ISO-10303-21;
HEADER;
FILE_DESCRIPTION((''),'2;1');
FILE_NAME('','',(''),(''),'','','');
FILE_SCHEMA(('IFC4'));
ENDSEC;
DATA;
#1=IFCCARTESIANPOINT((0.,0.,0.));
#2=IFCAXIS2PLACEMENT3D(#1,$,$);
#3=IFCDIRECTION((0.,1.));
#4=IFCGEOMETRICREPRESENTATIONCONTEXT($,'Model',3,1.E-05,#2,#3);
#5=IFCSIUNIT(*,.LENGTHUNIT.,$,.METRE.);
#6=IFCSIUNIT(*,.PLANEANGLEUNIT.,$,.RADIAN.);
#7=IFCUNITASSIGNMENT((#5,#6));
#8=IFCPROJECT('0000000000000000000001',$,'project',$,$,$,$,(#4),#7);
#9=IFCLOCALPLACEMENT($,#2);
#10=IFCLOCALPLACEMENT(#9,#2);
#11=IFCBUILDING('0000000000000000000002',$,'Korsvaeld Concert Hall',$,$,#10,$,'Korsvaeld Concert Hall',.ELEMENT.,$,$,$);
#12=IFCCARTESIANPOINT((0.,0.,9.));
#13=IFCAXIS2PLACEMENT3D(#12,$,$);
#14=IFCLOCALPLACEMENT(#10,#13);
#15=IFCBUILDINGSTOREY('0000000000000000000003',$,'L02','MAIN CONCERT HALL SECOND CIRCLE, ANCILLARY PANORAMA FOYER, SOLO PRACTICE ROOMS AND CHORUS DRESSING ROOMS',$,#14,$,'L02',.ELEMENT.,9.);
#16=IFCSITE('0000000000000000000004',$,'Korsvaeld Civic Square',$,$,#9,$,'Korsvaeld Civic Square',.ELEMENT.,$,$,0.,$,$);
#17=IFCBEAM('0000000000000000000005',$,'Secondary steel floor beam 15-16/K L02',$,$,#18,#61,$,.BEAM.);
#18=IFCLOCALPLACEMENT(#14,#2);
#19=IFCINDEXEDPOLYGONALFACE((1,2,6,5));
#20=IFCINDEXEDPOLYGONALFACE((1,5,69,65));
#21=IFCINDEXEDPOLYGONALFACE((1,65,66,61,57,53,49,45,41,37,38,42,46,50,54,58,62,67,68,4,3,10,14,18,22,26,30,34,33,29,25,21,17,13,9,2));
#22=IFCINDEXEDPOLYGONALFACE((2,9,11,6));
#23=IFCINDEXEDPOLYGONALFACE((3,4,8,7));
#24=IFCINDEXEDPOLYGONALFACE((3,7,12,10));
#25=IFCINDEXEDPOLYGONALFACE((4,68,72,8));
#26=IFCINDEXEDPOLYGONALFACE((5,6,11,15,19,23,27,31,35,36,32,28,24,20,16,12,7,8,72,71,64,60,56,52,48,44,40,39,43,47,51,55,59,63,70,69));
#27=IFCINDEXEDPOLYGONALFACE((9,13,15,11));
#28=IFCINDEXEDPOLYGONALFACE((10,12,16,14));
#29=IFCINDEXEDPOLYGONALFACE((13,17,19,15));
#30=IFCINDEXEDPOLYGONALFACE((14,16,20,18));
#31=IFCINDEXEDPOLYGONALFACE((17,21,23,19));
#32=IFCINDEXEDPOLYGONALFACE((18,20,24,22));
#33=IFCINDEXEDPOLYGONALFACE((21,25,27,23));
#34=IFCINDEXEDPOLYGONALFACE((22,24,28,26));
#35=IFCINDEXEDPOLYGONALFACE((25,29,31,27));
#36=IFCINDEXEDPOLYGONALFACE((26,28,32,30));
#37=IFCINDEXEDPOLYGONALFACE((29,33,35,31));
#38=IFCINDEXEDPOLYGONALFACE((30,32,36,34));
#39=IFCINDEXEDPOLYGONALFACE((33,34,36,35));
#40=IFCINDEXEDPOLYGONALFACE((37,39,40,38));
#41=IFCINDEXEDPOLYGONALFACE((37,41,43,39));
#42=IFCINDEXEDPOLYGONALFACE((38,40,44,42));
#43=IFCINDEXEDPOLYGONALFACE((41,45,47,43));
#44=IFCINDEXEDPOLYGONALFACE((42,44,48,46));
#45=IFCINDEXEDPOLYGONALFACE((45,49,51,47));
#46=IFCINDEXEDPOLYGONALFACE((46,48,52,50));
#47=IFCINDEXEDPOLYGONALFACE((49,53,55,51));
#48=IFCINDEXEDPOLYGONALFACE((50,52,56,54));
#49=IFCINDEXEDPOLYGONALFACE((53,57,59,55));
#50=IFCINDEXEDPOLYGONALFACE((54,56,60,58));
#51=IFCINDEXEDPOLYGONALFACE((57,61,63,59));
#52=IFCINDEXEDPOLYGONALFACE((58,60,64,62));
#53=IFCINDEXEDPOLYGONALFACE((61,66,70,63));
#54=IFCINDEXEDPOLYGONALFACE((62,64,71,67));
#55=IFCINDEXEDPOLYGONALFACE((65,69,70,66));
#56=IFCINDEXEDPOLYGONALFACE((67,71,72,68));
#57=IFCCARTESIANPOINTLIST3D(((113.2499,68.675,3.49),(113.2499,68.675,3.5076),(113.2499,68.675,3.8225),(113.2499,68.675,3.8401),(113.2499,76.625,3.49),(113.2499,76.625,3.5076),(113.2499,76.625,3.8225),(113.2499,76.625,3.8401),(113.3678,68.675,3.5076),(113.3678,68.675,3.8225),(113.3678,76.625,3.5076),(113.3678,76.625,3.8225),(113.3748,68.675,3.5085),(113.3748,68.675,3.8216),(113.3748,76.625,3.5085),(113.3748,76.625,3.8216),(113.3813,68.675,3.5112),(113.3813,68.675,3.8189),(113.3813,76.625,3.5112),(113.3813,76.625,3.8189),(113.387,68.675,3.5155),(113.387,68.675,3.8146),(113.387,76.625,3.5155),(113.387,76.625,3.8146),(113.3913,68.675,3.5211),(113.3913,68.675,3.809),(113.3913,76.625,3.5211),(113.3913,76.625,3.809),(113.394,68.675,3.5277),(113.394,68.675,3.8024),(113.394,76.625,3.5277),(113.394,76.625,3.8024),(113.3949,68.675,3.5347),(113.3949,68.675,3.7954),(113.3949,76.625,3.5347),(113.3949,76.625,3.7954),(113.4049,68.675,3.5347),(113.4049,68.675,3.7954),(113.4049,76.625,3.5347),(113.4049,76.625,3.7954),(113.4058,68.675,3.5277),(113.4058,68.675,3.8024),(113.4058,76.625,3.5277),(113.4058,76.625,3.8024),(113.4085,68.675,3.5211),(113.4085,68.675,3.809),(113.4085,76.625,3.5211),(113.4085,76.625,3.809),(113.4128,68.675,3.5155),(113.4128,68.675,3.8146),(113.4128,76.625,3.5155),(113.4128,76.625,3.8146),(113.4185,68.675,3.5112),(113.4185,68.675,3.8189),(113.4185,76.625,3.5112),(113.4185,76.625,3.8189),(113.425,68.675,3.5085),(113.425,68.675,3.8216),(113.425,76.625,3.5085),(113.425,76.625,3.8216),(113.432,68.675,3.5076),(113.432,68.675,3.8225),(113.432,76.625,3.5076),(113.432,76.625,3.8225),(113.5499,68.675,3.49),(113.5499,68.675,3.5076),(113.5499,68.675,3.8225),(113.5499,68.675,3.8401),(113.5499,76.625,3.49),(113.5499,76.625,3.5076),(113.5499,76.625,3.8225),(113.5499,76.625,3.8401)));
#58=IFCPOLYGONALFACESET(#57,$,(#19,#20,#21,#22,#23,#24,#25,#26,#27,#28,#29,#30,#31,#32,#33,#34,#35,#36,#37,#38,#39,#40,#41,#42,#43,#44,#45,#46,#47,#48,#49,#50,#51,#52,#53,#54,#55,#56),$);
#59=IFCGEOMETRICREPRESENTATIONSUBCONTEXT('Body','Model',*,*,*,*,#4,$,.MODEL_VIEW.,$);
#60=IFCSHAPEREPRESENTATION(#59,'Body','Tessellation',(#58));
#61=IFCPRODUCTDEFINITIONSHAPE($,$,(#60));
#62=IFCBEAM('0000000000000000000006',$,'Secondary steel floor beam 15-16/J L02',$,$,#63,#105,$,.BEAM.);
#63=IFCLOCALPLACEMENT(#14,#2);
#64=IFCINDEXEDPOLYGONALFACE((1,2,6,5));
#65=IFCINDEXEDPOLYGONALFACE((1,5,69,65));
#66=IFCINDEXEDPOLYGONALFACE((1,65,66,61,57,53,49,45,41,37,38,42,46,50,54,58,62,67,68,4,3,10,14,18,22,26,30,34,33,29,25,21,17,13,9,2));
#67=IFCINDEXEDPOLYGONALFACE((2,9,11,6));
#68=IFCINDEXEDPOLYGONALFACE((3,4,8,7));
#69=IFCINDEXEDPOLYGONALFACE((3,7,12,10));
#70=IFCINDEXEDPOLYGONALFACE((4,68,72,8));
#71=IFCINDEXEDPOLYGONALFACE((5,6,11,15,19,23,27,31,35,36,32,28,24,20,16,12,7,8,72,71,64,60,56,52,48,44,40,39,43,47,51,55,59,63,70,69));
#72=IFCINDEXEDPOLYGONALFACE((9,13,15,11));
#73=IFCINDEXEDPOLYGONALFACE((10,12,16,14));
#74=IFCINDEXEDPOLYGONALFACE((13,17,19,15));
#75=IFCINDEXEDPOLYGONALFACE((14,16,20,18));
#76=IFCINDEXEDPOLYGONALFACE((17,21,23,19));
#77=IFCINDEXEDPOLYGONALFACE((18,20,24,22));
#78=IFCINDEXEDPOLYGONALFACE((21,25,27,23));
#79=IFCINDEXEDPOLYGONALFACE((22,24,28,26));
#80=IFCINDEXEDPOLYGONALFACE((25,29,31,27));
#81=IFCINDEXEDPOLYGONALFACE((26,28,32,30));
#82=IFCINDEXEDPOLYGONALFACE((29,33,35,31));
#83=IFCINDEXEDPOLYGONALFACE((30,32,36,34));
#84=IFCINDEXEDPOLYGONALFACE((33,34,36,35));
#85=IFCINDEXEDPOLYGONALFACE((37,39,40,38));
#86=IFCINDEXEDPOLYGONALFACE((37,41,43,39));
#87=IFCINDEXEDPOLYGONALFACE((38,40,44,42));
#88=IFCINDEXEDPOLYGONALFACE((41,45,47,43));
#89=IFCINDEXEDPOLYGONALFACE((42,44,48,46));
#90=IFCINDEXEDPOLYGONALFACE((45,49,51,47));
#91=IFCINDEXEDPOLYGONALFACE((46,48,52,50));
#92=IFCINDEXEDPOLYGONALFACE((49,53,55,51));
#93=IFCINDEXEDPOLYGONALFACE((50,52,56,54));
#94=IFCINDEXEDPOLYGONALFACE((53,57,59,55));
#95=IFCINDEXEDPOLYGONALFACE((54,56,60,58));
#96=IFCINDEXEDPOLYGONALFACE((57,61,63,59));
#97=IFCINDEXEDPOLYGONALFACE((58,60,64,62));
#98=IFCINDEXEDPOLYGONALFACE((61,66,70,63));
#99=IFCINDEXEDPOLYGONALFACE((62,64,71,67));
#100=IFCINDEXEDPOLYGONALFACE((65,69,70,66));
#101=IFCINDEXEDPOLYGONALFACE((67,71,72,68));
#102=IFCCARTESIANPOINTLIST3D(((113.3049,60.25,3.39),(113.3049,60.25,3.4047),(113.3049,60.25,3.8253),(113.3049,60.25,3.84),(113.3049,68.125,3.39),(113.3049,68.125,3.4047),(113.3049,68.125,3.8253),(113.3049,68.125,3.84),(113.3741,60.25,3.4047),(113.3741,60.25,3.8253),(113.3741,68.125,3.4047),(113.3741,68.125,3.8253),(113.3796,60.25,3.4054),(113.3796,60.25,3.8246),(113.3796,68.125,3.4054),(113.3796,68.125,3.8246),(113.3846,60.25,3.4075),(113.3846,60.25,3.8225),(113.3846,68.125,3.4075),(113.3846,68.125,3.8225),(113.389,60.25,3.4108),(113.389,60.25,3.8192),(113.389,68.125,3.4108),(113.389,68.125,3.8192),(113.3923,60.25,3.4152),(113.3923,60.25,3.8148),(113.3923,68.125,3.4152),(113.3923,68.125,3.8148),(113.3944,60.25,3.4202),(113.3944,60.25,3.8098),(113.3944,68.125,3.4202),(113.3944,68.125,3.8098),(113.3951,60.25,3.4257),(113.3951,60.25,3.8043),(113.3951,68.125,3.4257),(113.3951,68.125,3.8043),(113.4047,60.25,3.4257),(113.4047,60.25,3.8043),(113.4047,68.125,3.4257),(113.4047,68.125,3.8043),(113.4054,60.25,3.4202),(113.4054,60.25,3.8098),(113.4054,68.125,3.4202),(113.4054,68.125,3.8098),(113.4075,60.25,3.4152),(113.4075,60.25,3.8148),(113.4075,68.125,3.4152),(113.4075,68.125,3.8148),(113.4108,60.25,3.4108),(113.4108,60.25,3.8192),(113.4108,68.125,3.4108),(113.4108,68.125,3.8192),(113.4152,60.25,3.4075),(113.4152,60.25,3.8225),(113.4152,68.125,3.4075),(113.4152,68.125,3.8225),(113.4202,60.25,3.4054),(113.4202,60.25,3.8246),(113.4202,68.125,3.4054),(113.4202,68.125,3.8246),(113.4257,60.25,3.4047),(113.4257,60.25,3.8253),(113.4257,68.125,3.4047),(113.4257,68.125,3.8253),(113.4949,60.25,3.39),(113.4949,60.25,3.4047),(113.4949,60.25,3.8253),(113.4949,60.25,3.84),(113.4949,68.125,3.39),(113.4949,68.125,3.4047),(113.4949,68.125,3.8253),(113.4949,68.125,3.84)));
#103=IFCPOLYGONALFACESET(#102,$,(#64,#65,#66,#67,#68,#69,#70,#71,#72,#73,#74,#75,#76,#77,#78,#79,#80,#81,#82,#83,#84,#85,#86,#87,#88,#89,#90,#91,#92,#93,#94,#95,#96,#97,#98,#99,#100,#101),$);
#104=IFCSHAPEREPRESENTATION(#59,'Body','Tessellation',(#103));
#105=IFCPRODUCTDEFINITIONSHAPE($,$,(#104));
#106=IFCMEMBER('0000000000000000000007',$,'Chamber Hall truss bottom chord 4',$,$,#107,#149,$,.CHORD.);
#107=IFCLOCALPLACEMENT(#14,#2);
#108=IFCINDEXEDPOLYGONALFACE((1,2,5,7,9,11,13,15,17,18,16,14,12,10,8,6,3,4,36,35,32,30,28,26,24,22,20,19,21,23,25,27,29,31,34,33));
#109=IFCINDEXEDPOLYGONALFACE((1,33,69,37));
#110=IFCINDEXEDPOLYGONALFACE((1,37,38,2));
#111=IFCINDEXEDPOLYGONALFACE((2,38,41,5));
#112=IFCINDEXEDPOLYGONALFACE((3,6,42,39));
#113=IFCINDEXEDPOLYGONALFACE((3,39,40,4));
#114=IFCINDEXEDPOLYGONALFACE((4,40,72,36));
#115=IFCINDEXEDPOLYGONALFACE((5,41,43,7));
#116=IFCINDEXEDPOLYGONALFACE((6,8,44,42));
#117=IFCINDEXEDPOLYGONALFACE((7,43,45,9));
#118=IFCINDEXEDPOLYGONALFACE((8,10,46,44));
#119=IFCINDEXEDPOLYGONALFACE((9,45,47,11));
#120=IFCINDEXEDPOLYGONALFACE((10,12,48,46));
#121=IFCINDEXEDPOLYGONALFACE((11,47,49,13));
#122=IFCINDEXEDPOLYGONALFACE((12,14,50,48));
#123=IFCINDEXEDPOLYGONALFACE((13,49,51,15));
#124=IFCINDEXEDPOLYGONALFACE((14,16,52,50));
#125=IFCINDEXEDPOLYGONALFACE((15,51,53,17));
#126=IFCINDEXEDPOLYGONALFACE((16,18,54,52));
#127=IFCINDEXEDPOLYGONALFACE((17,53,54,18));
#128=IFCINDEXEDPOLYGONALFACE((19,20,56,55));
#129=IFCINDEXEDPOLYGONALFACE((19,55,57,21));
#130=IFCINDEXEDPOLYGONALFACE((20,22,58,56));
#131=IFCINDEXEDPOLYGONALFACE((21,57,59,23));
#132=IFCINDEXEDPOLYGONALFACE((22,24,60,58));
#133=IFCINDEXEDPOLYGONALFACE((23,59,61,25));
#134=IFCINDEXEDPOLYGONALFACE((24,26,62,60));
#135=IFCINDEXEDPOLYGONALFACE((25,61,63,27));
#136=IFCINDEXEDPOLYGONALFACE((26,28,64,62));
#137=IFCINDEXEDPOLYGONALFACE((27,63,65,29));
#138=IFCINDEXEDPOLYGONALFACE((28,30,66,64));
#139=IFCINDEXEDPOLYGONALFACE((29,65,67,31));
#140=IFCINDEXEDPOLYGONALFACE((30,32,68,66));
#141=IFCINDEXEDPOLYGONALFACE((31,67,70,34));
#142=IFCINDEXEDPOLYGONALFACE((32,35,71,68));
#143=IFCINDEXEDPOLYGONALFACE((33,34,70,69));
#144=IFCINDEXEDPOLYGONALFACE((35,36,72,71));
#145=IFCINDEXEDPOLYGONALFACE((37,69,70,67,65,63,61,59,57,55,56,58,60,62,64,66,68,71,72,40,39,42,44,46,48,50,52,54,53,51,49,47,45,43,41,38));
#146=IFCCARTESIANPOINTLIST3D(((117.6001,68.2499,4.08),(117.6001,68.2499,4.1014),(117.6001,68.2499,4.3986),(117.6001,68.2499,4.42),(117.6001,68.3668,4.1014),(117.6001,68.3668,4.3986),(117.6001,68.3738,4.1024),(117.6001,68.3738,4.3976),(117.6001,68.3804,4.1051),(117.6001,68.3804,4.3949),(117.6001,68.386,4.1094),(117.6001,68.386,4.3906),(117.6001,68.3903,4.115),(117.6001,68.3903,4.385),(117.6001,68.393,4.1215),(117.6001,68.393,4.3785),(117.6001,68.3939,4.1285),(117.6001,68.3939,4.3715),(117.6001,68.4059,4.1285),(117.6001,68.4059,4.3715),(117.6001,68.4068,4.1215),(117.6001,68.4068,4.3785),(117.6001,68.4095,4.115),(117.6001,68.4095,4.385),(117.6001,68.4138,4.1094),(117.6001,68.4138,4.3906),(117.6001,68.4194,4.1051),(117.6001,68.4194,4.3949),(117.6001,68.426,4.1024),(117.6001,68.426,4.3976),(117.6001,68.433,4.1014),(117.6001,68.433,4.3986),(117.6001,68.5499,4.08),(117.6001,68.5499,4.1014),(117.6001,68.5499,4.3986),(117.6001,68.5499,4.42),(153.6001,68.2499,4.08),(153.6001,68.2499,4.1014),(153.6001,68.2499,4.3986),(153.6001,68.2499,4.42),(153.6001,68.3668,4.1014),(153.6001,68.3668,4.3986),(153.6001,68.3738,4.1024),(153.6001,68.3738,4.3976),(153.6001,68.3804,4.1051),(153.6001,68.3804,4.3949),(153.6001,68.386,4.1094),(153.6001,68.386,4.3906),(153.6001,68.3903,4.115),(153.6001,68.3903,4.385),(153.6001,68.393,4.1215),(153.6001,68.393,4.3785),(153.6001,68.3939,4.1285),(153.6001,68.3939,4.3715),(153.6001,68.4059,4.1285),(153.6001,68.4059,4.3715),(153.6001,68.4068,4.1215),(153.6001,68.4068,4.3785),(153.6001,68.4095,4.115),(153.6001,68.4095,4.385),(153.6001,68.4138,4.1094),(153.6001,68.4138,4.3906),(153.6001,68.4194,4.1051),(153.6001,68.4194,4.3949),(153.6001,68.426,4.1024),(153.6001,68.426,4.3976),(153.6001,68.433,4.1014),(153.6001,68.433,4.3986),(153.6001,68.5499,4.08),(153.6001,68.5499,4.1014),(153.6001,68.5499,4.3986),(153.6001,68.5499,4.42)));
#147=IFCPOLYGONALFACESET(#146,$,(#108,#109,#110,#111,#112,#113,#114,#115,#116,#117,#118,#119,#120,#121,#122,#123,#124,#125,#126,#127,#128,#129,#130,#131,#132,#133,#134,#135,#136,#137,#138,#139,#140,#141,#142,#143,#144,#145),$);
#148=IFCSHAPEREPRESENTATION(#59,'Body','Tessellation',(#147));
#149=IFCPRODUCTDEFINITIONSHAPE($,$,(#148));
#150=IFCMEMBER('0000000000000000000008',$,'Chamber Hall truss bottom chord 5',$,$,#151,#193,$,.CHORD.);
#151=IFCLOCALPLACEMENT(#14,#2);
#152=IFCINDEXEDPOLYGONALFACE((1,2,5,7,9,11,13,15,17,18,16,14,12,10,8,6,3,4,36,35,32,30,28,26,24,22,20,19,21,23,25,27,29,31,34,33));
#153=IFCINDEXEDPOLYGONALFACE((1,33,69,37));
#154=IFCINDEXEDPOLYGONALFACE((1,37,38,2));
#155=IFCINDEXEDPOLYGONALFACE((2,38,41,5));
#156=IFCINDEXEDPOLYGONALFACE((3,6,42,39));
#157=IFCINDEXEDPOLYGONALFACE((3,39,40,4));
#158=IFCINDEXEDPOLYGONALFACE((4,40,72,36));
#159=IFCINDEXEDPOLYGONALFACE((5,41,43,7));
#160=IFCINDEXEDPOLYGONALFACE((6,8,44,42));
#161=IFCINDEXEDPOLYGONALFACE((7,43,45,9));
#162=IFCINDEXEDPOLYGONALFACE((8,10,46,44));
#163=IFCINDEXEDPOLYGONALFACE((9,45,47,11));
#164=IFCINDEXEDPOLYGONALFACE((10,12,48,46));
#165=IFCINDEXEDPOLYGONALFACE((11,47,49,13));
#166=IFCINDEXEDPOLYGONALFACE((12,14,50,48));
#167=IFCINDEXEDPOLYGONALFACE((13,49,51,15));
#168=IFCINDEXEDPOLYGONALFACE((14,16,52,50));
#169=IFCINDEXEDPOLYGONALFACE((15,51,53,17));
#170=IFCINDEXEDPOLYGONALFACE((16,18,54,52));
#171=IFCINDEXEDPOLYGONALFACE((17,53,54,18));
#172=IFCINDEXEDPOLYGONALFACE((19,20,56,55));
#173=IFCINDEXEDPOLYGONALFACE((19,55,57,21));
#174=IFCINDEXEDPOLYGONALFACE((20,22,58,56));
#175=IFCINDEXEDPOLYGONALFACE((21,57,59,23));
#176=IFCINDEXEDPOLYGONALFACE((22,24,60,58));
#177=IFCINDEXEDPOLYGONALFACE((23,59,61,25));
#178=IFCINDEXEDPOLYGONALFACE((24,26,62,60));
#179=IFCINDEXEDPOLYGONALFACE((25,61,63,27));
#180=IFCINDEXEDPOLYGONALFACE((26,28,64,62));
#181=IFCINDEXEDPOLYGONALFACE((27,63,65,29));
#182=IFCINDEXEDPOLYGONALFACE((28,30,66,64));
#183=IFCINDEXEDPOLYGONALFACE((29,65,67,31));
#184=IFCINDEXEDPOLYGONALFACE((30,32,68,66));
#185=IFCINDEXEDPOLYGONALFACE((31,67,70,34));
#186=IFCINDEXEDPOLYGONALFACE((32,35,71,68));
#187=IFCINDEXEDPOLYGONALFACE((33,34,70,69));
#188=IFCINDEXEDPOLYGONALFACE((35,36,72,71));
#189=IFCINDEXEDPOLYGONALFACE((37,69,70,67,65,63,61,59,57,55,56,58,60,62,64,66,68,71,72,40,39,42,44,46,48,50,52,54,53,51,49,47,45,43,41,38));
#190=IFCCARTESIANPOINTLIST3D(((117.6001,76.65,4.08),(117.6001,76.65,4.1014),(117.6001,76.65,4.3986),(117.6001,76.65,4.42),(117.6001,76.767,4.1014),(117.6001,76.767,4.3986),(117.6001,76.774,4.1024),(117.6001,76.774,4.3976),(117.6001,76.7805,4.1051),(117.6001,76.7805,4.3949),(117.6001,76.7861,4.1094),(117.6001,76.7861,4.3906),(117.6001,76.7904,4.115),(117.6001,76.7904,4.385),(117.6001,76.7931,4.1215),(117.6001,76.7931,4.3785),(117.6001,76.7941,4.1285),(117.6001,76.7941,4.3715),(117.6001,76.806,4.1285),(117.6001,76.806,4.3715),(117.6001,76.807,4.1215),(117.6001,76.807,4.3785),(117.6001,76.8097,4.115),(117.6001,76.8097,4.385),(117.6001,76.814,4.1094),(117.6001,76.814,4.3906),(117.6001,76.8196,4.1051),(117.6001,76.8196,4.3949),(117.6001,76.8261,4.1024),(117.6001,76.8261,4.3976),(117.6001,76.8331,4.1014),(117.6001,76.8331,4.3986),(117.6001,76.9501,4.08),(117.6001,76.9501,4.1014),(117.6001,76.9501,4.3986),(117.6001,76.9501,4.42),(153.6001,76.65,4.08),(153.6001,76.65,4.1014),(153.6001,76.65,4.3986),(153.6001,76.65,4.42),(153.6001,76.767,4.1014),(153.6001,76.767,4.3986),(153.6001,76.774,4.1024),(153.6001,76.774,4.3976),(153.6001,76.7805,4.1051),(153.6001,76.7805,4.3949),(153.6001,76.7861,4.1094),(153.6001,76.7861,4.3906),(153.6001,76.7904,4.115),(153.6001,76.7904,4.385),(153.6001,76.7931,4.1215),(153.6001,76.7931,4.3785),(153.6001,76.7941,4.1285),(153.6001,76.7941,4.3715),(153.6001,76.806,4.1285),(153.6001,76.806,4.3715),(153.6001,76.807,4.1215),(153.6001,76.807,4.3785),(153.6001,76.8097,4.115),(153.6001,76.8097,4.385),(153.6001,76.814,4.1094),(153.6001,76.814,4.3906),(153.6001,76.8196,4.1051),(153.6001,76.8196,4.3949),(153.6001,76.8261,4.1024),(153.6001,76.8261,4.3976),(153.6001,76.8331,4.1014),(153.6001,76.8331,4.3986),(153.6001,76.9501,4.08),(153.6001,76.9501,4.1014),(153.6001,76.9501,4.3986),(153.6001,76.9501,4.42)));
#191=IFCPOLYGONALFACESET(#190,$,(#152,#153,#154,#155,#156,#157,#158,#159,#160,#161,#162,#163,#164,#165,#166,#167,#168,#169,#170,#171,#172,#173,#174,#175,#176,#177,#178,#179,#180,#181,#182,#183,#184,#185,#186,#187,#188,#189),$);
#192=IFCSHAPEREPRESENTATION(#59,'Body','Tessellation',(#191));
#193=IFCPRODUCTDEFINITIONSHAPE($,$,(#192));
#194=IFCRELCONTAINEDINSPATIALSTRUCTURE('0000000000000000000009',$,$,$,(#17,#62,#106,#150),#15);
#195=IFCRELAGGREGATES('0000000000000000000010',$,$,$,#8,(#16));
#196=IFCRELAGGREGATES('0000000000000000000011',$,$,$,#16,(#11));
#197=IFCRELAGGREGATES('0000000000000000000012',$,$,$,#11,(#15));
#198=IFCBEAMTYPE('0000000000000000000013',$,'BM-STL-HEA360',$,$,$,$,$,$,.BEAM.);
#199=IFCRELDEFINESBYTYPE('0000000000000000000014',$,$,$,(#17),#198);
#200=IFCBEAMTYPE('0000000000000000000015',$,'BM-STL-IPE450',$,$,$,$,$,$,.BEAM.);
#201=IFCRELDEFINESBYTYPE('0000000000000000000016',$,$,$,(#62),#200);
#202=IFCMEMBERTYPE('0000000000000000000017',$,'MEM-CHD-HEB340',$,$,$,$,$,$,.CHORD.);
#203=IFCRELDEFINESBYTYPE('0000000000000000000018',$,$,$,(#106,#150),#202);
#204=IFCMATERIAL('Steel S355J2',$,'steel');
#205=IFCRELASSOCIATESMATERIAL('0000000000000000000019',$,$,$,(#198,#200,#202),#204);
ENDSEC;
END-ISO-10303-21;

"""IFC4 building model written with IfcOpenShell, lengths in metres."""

from ifc_helpers import new_model, si_unit, direction, frame, origin, origin_2d, place, context, subcontext, project, spatial, i_section, extrude, material, material_profile, profile_set, type_object, element, save


model = new_model("IFC4")

# Units and contexts
model_context = context("Model", 3, precision=1e-05, world=origin(), true_north=direction((0.0, 1.0)))
body_context = subcontext(model_context, "Body", "Model", "MODEL_VIEW")
ifc_project = project(units=[si_unit("LENGTHUNIT", "METRE"), si_unit("PLANEANGLEUNIT", "RADIAN")], contexts=[model_context])

# Site, building, storey
site_placement = place(None, origin())
site = spatial("IfcSite", under=ifc_project, at=site_placement, Name="Korsvaeld Civic Square", LongName="Korsvaeld Civic Square", CompositionType="ELEMENT", RefElevation=0.0)
building_placement = place(site_placement, origin())
building = spatial("IfcBuilding", under=site, at=building_placement, Name="Korsvaeld Concert Hall", LongName="Korsvaeld Concert Hall", CompositionType="ELEMENT")
storey_placement = place(building_placement, frame((0.0, 0.0, 9.0)))
storey = spatial("IfcBuildingStorey", under=building, at=storey_placement, Name="L02", Description="MAIN CONCERT HALL SECOND CIRCLE, ANCILLARY PANORAMA FOYER, SOLO PRACTICE ROOMS AND CHORUS DRESSING ROOMS", LongName="L02", CompositionType="ELEMENT", Elevation=9.0)

# Beams
ifc_material_1 = material(Name="Steel S355J2", Category="steel")
ifc_material_profile_1 = material_profile(ifc_material_1, i_section(OverallWidth=0.3, OverallDepth=0.3501, WebThickness=0.01, FlangeThickness=0.0176, FilletRadius=0.0271, at=origin_2d()), Name="HEA 360")
ifc_profile_set_1 = profile_set([ifc_material_profile_1], Name="Steel S355J2")
beam_type_1 = type_object("IfcBeamType", Name="BM-STL-HEA360", PredefinedType="BEAM", material=ifc_profile_set_1)
beam_1_placement = place(storey_placement, frame((113.3999, 68.675, 3.665), z_axis=(0.0, 1.0, 0.0), x_axis=(-1.0, 0.0, 0.0)))
element("IfcBeam", 1, at=beam_1_placement, inside=storey, type_object=beam_type_1, Name="Secondary steel floor beam 15-16/K L02", PredefinedType="BEAM", context=body_context, shape_type="SweptSolid", body=[
    extrude(i_section(OverallWidth=0.3, OverallDepth=0.3501, WebThickness=0.01, FlangeThickness=0.0176, FilletRadius=0.0271, at=origin_2d()), origin(), (0.0, 0.0, 1.0), 7.95),
])
ifc_material_profile_2 = material_profile(ifc_material_1, i_section(OverallWidth=0.1899, OverallDepth=0.45, WebThickness=0.0095, FlangeThickness=0.0146, FilletRadius=0.021, at=origin_2d()), Name="IPE 450")
ifc_profile_set_2 = profile_set([ifc_material_profile_2], Name="Steel S355J2")
beam_type_2 = type_object("IfcBeamType", Name="BM-STL-IPE450", PredefinedType="BEAM", material=ifc_profile_set_2)
beam_2_placement = place(storey_placement, frame((113.3999, 60.25, 3.615), z_axis=(0.0, 1.0, 0.0), x_axis=(-1.0, 0.0, 0.0)))
element("IfcBeam", 2, at=beam_2_placement, inside=storey, type_object=beam_type_2, Name="Secondary steel floor beam 15-16/J L02", PredefinedType="BEAM", context=body_context, shape_type="SweptSolid", body=[
    extrude(i_section(OverallWidth=0.1899, OverallDepth=0.45, WebThickness=0.0095, FlangeThickness=0.0146, FilletRadius=0.021, at=origin_2d()), origin(), (0.0, 0.0, 1.0), 7.875),
])

# Members
ifc_material_profile_3 = material_profile(ifc_material_1, i_section(OverallWidth=0.3, OverallDepth=0.3401, WebThickness=0.012, FlangeThickness=0.0215, FilletRadius=0.0271, at=origin_2d()), Name="HEB 340")
ifc_profile_set_3 = profile_set([ifc_material_profile_3], Name="Steel S355J2")
member_type_1 = type_object("IfcMemberType", Name="MEM-CHD-HEB340", PredefinedType="CHORD", material=ifc_profile_set_3)
for number, where, z_axis, x_axis, name in (
    (3, (117.6001, 68.3999, 4.25), (1.0, 0.0, 0.0), (0.0, 1.0, 0.0), "Chamber Hall truss bottom chord 4"),
    (4, (117.6001, 76.8, 4.25), (1.0, 0.0, 0.0), (0.0, 1.0, 0.0), "Chamber Hall truss bottom chord 5"),
):
    element("IfcMember", number, at=place(storey_placement, frame(where, z_axis=z_axis, x_axis=x_axis)), inside=storey, type_object=member_type_1, Name=name, PredefinedType="CHORD", context=body_context, shape_type="SweptSolid", body=[
        extrude(i_section(OverallWidth=0.3, OverallDepth=0.3401, WebThickness=0.012, FlangeThickness=0.0215, FilletRadius=0.0271, at=origin_2d()), origin(), (0.0, 0.0, 1.0), 36.0),
    ])

save(model, "model.ifc")
